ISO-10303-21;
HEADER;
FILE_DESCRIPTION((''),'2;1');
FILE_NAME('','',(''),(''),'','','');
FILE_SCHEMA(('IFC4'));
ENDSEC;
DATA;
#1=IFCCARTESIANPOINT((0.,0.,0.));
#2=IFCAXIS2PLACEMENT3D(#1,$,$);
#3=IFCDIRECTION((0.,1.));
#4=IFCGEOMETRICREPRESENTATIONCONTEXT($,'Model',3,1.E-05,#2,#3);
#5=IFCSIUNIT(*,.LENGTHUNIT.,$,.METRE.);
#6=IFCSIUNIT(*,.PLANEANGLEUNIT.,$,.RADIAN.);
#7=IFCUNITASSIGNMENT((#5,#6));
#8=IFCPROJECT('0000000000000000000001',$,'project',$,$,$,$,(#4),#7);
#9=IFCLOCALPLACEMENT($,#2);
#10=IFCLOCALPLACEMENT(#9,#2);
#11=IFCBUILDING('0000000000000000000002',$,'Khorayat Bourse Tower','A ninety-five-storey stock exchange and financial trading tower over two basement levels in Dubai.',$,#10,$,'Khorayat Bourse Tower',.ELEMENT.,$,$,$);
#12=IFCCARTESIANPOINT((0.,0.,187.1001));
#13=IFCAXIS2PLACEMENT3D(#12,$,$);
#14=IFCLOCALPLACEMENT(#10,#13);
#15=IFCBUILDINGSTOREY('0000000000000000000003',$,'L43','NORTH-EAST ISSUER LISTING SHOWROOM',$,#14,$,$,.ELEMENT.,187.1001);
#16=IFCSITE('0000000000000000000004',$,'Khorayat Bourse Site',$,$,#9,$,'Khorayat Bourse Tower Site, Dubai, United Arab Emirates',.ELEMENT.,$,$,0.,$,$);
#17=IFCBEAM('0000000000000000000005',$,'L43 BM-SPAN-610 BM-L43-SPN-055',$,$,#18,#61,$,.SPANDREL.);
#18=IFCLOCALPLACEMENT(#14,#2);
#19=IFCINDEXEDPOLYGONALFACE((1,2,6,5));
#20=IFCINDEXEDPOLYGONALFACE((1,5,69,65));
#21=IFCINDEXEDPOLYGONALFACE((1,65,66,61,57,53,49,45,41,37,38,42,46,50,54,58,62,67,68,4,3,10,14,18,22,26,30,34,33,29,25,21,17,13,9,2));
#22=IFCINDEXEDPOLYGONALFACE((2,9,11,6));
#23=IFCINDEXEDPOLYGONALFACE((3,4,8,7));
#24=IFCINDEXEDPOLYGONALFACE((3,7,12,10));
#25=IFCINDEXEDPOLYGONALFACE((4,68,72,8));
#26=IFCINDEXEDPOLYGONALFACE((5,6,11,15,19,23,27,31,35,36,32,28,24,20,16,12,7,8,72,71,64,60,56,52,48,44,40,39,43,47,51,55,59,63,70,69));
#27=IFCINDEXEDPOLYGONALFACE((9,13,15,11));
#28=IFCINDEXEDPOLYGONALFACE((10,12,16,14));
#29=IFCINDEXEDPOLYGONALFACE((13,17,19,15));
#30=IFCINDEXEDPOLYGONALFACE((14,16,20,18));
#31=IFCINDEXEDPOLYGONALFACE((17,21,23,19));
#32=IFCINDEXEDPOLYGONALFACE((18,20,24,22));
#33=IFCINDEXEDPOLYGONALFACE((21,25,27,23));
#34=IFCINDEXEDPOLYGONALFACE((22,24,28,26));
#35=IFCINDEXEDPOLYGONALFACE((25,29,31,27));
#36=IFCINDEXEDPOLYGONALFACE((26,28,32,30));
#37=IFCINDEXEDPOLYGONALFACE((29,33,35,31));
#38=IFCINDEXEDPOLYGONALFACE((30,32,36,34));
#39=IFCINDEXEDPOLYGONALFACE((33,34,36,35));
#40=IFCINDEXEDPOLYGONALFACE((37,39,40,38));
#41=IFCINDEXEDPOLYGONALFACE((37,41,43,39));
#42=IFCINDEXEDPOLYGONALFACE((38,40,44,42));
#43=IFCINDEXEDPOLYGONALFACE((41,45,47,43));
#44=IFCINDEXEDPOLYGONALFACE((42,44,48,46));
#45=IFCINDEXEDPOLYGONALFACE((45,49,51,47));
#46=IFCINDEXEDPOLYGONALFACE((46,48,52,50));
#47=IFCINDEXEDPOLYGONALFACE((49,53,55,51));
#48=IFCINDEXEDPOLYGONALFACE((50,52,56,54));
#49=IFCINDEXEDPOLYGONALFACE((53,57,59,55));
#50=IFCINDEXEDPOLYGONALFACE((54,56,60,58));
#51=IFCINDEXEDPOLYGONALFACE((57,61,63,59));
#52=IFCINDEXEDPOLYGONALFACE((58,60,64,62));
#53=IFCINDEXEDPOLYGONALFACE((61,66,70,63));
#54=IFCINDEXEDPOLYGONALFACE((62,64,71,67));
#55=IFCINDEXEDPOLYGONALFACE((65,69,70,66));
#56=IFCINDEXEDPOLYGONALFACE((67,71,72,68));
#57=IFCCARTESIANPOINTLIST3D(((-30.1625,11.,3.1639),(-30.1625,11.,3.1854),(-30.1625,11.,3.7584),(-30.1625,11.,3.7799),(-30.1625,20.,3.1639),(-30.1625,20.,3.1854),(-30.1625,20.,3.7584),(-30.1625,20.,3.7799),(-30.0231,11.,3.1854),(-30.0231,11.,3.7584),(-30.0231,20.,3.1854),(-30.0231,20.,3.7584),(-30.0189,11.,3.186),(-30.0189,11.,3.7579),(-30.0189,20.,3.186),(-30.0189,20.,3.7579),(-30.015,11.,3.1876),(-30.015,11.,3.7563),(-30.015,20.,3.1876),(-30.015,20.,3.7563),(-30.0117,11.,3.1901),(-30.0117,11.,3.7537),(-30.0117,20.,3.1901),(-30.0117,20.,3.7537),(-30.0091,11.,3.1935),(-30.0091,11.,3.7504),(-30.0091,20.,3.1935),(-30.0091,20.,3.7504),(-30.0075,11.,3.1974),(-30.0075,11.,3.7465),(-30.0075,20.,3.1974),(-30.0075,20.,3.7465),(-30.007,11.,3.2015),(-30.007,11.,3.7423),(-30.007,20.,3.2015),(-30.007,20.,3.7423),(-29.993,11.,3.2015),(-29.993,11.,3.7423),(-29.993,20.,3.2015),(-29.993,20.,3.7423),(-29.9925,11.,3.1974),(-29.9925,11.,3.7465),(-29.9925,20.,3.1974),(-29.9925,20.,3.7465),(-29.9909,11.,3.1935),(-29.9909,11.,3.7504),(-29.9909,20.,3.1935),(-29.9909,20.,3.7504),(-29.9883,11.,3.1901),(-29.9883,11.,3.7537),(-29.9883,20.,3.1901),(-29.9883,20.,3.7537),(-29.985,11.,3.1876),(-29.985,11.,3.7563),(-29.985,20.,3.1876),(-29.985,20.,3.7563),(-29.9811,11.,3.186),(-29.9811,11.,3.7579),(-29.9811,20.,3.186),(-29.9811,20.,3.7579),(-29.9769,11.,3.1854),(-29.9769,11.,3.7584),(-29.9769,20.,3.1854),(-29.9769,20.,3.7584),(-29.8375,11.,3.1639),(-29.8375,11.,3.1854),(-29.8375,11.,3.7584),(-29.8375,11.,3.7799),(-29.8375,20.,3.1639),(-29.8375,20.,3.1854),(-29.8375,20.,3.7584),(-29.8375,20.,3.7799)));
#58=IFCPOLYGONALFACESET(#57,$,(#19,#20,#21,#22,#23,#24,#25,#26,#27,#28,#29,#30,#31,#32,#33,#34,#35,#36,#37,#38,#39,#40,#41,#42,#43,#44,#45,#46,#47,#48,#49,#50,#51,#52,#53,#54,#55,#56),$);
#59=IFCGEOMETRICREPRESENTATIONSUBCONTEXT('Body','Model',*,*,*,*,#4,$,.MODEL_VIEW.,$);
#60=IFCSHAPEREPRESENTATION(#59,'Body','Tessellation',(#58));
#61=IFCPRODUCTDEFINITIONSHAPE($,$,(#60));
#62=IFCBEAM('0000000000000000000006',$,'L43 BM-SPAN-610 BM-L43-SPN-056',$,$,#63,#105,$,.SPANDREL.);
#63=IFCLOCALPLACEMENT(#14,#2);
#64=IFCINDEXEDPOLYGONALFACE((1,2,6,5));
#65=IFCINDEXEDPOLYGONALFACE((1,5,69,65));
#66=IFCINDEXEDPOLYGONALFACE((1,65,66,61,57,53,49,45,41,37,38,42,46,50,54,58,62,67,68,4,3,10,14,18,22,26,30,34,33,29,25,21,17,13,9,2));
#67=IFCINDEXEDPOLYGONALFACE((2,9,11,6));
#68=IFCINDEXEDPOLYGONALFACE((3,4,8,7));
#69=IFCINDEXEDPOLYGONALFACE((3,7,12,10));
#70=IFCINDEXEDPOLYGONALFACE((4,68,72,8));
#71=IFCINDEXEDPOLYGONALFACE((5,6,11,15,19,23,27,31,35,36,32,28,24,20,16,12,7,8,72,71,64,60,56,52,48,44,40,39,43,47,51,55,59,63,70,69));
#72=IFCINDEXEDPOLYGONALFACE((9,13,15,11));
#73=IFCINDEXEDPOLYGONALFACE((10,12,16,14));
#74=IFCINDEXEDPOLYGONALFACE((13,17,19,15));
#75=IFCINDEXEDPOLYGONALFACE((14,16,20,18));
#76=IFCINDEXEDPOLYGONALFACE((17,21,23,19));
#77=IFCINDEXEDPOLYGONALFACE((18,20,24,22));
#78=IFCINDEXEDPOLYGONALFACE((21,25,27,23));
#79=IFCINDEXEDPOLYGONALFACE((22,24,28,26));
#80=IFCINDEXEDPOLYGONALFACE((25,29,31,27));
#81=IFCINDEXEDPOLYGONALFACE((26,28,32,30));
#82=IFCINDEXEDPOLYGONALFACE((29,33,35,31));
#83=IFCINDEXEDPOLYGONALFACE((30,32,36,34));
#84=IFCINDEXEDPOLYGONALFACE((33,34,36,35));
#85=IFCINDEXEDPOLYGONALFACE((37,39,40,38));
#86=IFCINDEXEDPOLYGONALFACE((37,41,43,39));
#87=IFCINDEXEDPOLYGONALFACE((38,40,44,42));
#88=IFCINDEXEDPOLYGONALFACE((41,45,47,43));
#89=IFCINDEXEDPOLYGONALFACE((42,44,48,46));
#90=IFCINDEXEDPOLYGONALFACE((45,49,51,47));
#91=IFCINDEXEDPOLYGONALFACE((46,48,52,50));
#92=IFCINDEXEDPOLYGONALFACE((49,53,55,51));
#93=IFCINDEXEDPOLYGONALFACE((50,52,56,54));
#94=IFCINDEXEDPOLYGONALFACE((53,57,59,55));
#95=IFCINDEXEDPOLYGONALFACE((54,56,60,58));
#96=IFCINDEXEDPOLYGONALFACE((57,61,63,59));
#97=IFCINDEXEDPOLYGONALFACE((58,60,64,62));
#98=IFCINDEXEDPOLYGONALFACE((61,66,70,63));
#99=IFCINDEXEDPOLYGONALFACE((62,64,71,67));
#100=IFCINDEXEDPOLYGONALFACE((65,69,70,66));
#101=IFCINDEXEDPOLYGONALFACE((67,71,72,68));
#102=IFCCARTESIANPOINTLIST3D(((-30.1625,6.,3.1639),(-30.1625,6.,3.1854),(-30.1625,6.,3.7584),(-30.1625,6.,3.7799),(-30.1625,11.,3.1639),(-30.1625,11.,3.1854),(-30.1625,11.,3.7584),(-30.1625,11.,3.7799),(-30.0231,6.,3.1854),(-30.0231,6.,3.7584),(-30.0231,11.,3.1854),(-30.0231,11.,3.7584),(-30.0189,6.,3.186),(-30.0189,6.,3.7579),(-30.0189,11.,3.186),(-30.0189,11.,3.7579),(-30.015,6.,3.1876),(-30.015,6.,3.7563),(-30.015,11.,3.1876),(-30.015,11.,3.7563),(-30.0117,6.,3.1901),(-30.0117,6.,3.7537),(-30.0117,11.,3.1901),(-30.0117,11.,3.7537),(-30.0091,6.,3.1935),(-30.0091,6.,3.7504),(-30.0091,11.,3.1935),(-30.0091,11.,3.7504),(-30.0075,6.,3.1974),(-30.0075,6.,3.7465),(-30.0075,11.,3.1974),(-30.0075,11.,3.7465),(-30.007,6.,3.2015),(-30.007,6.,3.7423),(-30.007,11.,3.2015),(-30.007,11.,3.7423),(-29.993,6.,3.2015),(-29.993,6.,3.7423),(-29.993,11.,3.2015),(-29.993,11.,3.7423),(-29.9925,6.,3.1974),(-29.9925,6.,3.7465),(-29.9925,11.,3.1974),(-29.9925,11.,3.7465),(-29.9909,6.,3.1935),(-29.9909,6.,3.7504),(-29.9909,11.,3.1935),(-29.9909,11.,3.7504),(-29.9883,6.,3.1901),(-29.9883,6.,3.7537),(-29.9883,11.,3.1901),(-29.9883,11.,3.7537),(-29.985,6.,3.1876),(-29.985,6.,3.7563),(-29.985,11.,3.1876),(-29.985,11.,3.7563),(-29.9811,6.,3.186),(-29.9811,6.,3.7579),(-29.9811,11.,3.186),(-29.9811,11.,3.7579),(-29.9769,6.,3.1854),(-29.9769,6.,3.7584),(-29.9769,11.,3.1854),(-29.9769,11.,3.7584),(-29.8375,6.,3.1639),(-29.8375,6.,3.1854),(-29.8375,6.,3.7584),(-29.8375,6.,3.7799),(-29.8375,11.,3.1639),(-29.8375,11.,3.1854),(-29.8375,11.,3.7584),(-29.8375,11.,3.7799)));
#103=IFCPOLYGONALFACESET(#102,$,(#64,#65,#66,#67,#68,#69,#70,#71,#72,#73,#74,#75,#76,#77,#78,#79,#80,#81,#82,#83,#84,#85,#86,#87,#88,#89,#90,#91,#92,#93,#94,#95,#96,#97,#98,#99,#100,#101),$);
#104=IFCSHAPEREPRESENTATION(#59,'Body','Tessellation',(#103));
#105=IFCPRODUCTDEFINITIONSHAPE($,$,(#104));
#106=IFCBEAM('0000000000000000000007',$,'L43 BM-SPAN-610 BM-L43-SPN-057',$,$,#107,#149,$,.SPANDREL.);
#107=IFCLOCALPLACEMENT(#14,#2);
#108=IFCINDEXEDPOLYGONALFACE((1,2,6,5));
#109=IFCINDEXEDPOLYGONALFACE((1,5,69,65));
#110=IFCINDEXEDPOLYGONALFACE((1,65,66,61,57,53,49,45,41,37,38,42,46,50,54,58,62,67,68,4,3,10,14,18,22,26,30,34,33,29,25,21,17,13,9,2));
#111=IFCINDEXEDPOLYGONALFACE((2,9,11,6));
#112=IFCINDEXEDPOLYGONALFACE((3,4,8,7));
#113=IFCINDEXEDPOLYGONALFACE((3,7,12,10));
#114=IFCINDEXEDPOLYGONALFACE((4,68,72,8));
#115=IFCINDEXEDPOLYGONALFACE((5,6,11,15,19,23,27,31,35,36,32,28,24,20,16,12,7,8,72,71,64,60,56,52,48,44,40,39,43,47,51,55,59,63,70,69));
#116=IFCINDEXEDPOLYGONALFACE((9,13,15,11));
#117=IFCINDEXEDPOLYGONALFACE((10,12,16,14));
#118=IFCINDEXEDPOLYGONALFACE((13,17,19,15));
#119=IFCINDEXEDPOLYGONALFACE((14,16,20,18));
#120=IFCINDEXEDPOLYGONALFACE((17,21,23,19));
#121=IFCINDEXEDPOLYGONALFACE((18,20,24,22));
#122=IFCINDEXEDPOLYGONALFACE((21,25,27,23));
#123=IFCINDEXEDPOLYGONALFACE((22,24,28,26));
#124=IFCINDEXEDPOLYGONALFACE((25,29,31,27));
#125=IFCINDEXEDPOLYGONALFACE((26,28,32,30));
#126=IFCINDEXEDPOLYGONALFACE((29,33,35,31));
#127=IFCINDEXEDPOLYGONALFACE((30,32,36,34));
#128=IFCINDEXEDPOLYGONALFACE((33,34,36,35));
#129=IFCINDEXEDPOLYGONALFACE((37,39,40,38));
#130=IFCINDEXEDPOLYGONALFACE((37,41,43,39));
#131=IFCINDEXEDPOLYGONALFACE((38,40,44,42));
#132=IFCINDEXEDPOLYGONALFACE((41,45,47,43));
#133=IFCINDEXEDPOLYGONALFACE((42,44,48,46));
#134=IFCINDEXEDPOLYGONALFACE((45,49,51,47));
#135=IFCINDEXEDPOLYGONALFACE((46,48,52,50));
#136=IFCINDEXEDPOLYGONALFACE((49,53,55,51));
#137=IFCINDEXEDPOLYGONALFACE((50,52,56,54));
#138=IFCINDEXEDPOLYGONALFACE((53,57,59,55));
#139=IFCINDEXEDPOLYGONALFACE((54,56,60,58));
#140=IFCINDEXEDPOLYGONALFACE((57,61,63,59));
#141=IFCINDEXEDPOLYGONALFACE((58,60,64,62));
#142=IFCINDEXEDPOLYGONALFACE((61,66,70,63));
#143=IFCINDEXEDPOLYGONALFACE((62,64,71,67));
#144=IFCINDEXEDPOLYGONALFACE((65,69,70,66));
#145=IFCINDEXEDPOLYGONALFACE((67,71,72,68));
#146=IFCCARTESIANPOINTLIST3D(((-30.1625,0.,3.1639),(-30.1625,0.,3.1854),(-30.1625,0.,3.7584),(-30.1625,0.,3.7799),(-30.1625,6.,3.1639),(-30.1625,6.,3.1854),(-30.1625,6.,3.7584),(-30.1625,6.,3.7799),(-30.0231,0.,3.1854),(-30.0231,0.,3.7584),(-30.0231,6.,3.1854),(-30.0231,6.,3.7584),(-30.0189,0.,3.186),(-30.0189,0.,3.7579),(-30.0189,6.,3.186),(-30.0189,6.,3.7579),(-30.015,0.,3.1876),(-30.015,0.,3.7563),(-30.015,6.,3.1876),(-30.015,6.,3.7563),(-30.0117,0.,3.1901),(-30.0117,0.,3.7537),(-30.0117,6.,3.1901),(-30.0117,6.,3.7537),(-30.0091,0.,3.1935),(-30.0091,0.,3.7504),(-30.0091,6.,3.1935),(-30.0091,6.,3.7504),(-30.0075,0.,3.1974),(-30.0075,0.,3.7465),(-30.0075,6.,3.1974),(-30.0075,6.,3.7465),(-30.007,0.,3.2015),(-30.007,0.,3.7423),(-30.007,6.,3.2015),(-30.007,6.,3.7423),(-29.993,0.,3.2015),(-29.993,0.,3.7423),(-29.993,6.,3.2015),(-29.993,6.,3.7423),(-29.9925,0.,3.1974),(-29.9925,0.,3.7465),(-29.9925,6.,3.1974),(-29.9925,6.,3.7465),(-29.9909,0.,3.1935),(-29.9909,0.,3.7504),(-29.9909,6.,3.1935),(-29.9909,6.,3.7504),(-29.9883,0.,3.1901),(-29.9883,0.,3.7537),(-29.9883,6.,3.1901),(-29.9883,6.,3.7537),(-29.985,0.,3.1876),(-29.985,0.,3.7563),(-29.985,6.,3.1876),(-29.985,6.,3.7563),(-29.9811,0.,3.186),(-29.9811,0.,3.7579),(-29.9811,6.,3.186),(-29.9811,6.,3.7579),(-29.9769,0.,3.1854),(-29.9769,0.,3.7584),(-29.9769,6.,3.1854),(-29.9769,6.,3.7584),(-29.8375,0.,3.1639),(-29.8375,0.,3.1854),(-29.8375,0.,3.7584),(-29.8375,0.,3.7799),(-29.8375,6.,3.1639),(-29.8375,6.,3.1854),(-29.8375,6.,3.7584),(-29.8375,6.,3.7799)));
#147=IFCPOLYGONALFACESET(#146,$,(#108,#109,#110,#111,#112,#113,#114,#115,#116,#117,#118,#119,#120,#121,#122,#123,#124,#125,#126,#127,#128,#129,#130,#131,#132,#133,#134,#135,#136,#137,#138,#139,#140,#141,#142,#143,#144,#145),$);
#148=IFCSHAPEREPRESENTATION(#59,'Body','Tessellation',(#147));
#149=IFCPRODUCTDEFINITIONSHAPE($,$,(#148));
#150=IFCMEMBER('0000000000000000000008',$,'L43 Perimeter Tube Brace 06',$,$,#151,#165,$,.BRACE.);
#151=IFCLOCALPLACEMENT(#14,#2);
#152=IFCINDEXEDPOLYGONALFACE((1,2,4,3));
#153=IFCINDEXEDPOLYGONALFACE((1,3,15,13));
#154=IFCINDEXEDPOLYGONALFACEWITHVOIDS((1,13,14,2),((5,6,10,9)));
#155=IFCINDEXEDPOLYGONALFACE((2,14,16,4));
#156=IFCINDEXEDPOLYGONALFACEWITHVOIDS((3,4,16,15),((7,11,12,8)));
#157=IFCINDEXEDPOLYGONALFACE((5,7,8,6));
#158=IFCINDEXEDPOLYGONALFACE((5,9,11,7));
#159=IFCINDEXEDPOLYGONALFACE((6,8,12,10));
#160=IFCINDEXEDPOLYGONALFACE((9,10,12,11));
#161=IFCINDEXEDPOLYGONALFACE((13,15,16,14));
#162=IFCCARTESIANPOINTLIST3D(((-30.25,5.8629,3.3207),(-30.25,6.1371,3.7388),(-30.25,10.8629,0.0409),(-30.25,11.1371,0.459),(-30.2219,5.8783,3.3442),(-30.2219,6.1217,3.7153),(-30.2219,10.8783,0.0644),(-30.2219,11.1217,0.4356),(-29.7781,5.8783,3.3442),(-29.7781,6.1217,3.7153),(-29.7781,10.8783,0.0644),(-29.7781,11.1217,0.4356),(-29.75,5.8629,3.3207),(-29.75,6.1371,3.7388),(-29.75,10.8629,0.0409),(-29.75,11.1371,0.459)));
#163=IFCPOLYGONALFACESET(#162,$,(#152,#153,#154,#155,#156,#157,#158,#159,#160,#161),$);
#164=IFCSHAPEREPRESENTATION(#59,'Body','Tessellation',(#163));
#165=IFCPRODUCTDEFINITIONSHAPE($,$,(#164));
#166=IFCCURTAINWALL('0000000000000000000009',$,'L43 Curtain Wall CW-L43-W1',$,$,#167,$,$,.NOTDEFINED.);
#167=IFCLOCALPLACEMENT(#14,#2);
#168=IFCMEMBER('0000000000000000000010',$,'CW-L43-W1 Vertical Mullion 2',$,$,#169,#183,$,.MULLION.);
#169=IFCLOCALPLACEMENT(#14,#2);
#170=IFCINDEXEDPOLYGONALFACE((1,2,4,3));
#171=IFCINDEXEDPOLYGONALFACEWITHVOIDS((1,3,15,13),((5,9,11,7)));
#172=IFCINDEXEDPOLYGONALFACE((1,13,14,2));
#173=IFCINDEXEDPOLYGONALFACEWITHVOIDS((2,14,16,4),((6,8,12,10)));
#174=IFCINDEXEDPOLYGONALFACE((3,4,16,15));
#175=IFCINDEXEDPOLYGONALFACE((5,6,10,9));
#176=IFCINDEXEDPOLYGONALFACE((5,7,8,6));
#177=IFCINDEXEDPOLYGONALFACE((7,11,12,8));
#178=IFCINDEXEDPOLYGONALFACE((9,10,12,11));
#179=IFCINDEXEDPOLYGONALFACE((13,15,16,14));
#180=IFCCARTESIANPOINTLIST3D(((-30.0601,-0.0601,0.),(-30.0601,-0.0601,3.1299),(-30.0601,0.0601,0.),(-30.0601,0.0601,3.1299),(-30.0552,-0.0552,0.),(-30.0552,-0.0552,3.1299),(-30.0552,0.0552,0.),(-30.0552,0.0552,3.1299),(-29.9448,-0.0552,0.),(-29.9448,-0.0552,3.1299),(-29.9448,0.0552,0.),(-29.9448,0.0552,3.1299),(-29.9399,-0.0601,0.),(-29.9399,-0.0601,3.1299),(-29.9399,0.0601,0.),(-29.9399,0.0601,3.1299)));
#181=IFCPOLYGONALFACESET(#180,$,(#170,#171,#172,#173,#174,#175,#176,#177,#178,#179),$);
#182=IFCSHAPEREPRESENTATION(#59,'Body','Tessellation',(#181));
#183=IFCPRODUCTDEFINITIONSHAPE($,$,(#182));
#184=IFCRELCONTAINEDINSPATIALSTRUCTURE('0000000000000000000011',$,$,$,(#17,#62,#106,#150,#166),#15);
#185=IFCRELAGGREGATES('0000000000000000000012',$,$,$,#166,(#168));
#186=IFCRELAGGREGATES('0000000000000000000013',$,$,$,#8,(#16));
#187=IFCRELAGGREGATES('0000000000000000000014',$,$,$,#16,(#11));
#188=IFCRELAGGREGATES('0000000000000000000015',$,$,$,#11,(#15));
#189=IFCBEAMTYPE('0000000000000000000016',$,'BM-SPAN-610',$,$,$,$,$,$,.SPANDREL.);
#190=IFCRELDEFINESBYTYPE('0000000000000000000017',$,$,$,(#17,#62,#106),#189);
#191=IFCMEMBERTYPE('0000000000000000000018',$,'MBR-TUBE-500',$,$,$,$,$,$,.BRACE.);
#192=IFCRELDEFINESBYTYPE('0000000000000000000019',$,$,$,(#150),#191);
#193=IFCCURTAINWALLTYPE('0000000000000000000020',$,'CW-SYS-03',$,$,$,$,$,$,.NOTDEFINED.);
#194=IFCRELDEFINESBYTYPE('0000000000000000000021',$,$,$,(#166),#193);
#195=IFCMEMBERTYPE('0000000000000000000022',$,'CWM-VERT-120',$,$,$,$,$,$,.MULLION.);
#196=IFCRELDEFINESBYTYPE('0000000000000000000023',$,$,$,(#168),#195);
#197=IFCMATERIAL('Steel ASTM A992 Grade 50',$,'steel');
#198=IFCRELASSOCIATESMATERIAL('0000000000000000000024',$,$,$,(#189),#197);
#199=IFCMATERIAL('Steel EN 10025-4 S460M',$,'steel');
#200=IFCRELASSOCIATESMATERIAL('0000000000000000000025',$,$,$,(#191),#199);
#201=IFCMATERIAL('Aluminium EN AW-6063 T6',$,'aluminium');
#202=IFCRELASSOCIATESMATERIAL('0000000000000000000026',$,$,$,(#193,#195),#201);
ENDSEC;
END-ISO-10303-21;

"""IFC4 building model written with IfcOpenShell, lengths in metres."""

from ifc_helpers import new_model, si_unit, direction, frame, origin, origin_2d, place, context, subcontext, project, spatial, hollow_rectangle, i_section, extrude, source, transform, mapped, material, material_profile, profile_set, type_object, element, aggregate, save


model = new_model("IFC4")

# Units and contexts
model_context = context("Model", 3, precision=1e-05, world=origin(), true_north=direction((0.0, 1.0)))
body_context = subcontext(model_context, "Body", "Model", "MODEL_VIEW")
ifc_project = project(units=[si_unit("LENGTHUNIT", "METRE"), si_unit("PLANEANGLEUNIT", "RADIAN")], contexts=[model_context])

# Site, building, storey
site_placement = place(None, origin())
site = spatial("IfcSite", under=ifc_project, at=site_placement, Name="Khorayat Bourse Site", LongName="Khorayat Bourse Tower Site, Dubai, United Arab Emirates", CompositionType="ELEMENT", RefElevation=0.0)
building_placement = place(site_placement, origin())
building = spatial("IfcBuilding", under=site, at=building_placement, Name="Khorayat Bourse Tower", Description="A ninety-five-storey stock exchange and financial trading tower over two basement levels in Dubai.", LongName="Khorayat Bourse Tower", CompositionType="ELEMENT")
storey_placement = place(building_placement, frame((0.0, 0.0, 187.1001)))
storey = spatial("IfcBuildingStorey", under=building, at=storey_placement, Name="L43", Description="NORTH-EAST ISSUER LISTING SHOWROOM", CompositionType="ELEMENT", Elevation=187.1001)

# Shared definitions
ifc_material_1 = material(Name="Steel EN 10025-4 S460M", Category="steel")

# Beams
ifc_material_2 = material(Name="Steel ASTM A992 Grade 50", Category="steel")
ifc_material_profile_1 = material_profile(ifc_material_2, i_section(OverallWidth=0.325, OverallDepth=0.616, WebThickness=0.0139, FlangeThickness=0.0215, FilletRadius=0.0161, at=origin_2d()), Name="W610X174")
ifc_profile_set_1 = profile_set([ifc_material_profile_1], Name="Steel ASTM A992 Grade 50")
beam_type_1 = type_object("IfcBeamType", Name="BM-SPAN-610", PredefinedType="SPANDREL", material=ifc_profile_set_1)
shared_shape_1 = source(origin(), body_context, "Body", "SweptSolid", [
    extrude(i_section(OverallWidth=0.325, OverallDepth=0.616, WebThickness=0.0139, FlangeThickness=0.0215, FilletRadius=0.0161, at=origin_2d()), origin(), (0.0, 0.0, 1.0), 9.0),
])
beam_1_placement = place(storey_placement, frame((-30.0, 11.0, 3.4719), z_axis=(0.0, 1.0, 0.0), x_axis=(-1.0, 0.0, 0.0)))
element("IfcBeam", 1, at=beam_1_placement, inside=storey, type_object=beam_type_1, Name="L43 BM-SPAN-610 BM-L43-SPN-055", PredefinedType="SPANDREL", context=body_context, shape_type="MappedRepresentation", body=[
    mapped(shared_shape_1, transform((0.0, 0.0, 0.0), scale=1.0)),
])
shared_shape_2 = source(origin(), body_context, "Body", "SweptSolid", [
    extrude(i_section(OverallWidth=0.325, OverallDepth=0.616, WebThickness=0.0139, FlangeThickness=0.0215, FilletRadius=0.0161, at=origin_2d()), origin(), (0.0, 0.0, 1.0), 5.0),
])
beam_2_placement = place(storey_placement, frame((-30.0, 6.0, 3.4719), z_axis=(0.0, 1.0, 0.0), x_axis=(-1.0, 0.0, 0.0)))
element("IfcBeam", 2, at=beam_2_placement, inside=storey, type_object=beam_type_1, Name="L43 BM-SPAN-610 BM-L43-SPN-056", PredefinedType="SPANDREL", context=body_context, shape_type="MappedRepresentation", body=[
    mapped(shared_shape_2, transform((0.0, 0.0, 0.0), scale=1.0)),
])
shared_shape_3 = source(origin(), body_context, "Body", "SweptSolid", [
    extrude(i_section(OverallWidth=0.325, OverallDepth=0.616, WebThickness=0.0139, FlangeThickness=0.0215, FilletRadius=0.0161, at=origin_2d()), origin(), (0.0, 0.0, 1.0), 6.0),
])
beam_3_placement = place(storey_placement, frame((-30.0, 0.0, 3.4719), z_axis=(0.0, 1.0, 0.0), x_axis=(-1.0, 0.0, 0.0)))
element("IfcBeam", 3, at=beam_3_placement, inside=storey, type_object=beam_type_1, Name="L43 BM-SPAN-610 BM-L43-SPN-057", PredefinedType="SPANDREL", context=body_context, shape_type="MappedRepresentation", body=[
    mapped(shared_shape_3, transform((0.0, 0.0, 0.0), scale=1.0)),
])

# Member
ifc_material_profile_2 = material_profile(ifc_material_1, hollow_rectangle(XDim=0.5, YDim=0.5, WallThickness=0.0281, at=origin_2d()), Name="HSS 500x500x28")
ifc_profile_set_2 = profile_set([ifc_material_profile_2], Name="Steel EN 10025-4 S460M")
member_type_1 = type_object("IfcMemberType", Name="MBR-TUBE-500", PredefinedType="BRACE", material=ifc_profile_set_2)
shared_shape_4 = source(origin(), body_context, "Body", "SweptSolid", [
    extrude(hollow_rectangle(XDim=0.5, YDim=0.5, WallThickness=0.0281, at=origin_2d()), origin(), (0.0, 0.0, 1.0), 5.9797),
])
member_1_placement = place(storey_placement, frame((-30.0, 6.0, 3.5298), z_axis=(0.0, 0.83616, -0.548485), x_axis=(-1.0, 0.0, 0.0)))
element("IfcMember", 4, at=member_1_placement, inside=storey, type_object=member_type_1, Name="L43 Perimeter Tube Brace 06", PredefinedType="BRACE", context=body_context, shape_type="MappedRepresentation", body=[
    mapped(shared_shape_4, transform((0.0, 0.0, 0.0), scale=1.0)),
])

# Curtain wall, member
ifc_material_3 = material(Name="Aluminium EN AW-6063 T6", Category="aluminium")
curtain_wall_type = type_object("IfcCurtainWallType", Name="CW-SYS-03", PredefinedType="NOTDEFINED", material=ifc_material_3)
curtain_wall_placement = place(storey_placement, origin())
curtain_wall = element("IfcCurtainWall", 5, at=curtain_wall_placement, inside=storey, type_object=curtain_wall_type, Name="L43 Curtain Wall CW-L43-W1", PredefinedType="NOTDEFINED")
ifc_material_profile_3 = material_profile(ifc_material_3, hollow_rectangle(XDim=0.1201, YDim=0.1201, WallThickness=0.0049, at=origin_2d()), Name="ALU 120x120x5")
ifc_profile_set_3 = profile_set([ifc_material_profile_3], Name="Aluminium EN AW-6063 T6")
member_type_2 = type_object("IfcMemberType", Name="CWM-VERT-120", PredefinedType="MULLION", material=ifc_profile_set_3)
shared_shape_5 = source(origin(), body_context, "Body", "SweptSolid", [
    extrude(hollow_rectangle(XDim=0.1201, YDim=0.1201, WallThickness=0.0049, at=origin_2d()), origin(), (0.0, 0.0, 1.0), 3.1299),
])
member_2_placement = place(storey_placement, frame((-30.0, 0.0, 0.0), z_axis=(0.0, 0.0, 1.0), x_axis=(-1.0, 0.0, 0.0)))
member_2 = element("IfcMember", 6, at=member_2_placement, type_object=member_type_2, Name="CW-L43-W1 Vertical Mullion 2", PredefinedType="MULLION", context=body_context, shape_type="MappedRepresentation", body=[
    mapped(shared_shape_5, transform((0.0, 0.0, 0.0), scale=1.0)),
])
aggregate(curtain_wall, [member_2])

save(model, "model.ifc")
